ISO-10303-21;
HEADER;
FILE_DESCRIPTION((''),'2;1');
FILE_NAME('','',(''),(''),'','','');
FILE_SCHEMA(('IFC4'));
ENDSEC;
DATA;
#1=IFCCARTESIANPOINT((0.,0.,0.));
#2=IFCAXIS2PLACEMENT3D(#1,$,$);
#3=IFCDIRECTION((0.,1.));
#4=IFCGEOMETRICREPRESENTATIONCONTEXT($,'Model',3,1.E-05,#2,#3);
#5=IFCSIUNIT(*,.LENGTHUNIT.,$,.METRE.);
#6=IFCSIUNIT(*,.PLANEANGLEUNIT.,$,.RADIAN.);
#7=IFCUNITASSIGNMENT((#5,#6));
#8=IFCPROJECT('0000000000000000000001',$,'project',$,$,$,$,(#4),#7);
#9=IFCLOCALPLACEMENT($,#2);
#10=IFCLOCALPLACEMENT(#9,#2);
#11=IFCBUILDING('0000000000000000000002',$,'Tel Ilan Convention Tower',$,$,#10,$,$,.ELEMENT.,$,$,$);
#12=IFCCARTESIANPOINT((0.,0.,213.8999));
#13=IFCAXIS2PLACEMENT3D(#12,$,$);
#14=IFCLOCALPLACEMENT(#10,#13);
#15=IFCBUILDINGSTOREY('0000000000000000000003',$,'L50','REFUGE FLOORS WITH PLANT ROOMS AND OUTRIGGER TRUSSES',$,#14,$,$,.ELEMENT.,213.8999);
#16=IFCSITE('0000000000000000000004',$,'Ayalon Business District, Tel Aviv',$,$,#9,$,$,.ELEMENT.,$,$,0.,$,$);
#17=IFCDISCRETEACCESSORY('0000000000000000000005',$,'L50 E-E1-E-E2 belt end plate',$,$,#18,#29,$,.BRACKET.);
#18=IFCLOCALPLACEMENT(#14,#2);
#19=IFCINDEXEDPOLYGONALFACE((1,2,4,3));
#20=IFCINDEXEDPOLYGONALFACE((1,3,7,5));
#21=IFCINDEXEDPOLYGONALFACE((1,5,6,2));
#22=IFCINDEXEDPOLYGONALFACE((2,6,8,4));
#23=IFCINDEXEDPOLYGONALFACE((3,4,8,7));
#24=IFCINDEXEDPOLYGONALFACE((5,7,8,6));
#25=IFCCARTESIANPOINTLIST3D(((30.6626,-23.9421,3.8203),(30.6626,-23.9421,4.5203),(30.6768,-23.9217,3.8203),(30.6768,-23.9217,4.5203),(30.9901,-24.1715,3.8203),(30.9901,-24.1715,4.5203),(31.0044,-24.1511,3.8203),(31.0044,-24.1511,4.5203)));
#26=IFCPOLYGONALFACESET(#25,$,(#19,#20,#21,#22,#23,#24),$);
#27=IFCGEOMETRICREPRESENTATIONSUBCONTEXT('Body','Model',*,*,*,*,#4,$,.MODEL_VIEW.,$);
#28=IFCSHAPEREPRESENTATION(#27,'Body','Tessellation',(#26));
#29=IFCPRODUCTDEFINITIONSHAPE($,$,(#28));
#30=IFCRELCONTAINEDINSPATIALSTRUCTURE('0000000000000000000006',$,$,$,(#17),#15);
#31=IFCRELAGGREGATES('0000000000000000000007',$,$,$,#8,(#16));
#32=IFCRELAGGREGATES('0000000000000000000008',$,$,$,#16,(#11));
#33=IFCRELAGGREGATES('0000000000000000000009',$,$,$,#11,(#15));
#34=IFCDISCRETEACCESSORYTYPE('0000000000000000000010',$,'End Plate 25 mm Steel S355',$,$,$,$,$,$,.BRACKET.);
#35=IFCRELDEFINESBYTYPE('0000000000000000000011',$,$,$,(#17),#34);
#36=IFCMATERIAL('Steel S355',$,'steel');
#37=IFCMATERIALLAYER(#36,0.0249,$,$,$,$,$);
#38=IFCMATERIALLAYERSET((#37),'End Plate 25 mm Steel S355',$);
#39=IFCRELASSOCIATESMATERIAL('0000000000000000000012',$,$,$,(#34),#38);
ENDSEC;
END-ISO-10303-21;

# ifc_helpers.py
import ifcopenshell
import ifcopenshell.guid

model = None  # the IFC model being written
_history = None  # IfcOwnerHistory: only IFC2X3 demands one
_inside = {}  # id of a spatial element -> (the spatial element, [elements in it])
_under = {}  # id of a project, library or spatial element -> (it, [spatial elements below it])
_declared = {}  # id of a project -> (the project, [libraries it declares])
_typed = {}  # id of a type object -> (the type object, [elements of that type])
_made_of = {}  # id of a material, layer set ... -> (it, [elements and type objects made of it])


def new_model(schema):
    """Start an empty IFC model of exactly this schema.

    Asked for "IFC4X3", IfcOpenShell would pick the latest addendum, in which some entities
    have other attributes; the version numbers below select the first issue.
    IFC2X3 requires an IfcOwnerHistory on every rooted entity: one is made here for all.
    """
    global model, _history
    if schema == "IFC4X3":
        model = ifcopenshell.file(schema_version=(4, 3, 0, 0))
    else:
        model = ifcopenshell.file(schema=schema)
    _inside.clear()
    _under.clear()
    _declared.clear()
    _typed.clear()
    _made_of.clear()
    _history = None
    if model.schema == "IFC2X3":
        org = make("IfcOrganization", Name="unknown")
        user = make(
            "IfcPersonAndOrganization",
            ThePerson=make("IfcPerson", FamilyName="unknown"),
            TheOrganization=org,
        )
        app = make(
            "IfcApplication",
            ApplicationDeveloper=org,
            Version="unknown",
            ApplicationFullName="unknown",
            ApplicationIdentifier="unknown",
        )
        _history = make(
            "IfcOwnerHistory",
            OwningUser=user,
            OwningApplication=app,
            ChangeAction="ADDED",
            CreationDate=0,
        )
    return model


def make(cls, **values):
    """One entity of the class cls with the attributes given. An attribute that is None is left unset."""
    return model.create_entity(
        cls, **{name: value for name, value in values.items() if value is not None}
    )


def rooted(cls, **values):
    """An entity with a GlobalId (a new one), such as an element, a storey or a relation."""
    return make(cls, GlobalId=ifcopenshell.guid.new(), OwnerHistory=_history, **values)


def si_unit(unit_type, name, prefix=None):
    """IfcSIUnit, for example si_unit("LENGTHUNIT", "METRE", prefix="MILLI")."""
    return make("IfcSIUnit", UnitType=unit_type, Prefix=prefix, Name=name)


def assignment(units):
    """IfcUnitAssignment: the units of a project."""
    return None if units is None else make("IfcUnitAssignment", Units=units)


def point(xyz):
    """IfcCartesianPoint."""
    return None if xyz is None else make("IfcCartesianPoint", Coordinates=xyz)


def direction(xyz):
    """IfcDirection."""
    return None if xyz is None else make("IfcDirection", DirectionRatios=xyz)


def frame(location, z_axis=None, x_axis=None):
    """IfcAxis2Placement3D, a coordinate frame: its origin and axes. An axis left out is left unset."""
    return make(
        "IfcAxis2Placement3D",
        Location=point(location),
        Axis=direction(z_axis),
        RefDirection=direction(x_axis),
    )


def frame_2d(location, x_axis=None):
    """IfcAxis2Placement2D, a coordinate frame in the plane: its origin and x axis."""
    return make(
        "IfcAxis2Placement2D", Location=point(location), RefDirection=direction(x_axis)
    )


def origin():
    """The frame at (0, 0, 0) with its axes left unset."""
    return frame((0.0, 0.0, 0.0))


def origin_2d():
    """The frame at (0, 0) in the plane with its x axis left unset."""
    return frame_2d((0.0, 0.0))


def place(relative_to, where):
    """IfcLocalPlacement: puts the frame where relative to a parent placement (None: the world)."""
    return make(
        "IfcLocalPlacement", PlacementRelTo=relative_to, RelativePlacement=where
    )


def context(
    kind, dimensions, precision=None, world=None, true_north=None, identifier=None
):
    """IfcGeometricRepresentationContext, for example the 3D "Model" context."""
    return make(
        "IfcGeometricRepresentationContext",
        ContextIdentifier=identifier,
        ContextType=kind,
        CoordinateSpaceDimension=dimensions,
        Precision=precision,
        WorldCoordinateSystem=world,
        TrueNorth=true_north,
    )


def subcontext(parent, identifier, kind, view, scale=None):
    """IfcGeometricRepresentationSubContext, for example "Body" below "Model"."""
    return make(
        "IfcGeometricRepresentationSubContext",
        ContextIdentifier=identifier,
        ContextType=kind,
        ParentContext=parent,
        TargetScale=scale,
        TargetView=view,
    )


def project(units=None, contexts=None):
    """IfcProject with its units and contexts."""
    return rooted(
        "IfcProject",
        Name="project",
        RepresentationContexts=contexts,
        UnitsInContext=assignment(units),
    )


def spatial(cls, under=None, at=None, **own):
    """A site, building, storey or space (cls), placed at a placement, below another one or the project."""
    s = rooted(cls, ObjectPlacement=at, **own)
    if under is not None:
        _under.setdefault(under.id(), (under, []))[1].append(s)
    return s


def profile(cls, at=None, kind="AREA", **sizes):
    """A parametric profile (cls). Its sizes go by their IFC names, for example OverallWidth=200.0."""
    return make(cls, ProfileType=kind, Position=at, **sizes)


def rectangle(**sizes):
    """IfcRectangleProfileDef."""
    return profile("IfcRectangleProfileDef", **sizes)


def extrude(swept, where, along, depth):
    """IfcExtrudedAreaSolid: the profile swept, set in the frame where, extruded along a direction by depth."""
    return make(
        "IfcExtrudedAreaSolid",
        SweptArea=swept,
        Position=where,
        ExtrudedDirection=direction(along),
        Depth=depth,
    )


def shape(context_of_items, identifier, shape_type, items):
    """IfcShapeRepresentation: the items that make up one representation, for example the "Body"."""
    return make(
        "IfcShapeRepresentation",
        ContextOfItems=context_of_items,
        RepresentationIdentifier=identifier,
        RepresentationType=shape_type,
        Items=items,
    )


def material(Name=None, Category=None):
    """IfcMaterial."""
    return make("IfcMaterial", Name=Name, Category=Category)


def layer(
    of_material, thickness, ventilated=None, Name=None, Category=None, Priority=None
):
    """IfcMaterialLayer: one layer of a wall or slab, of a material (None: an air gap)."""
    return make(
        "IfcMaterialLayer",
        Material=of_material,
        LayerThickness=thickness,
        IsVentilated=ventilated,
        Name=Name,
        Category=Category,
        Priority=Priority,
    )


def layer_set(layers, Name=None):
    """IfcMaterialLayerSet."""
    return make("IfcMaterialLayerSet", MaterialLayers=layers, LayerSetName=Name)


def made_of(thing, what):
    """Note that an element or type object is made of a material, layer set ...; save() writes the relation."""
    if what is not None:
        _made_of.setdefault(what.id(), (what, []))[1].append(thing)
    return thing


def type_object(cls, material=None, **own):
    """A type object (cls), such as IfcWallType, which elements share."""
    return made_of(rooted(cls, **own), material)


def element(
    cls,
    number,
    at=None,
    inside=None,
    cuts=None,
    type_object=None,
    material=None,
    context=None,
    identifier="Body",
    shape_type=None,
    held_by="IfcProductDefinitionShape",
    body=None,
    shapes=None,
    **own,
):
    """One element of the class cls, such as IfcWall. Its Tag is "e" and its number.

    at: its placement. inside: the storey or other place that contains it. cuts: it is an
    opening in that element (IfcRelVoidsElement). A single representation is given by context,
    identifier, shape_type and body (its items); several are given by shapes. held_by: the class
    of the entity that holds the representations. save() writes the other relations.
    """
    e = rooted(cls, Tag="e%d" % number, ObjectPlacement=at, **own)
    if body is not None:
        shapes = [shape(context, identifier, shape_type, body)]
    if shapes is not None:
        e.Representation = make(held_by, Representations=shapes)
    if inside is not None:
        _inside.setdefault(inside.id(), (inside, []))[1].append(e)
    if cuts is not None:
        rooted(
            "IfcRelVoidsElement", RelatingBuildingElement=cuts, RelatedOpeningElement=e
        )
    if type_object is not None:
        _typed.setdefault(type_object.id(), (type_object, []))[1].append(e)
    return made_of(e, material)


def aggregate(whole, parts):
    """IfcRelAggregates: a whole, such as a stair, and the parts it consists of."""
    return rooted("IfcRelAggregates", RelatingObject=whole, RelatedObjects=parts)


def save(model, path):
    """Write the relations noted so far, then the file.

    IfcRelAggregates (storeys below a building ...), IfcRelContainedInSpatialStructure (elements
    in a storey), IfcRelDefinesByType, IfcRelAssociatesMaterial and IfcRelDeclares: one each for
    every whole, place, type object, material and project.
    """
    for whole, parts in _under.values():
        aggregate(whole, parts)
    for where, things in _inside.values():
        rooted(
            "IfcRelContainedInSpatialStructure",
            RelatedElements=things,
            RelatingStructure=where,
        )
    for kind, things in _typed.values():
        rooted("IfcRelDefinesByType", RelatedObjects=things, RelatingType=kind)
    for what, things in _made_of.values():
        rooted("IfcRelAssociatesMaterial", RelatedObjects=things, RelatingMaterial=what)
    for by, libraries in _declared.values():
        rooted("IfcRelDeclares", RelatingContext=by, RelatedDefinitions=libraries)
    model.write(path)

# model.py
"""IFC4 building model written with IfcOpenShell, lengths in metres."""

from ifc_helpers import new_model, si_unit, direction, frame, origin, origin_2d, place, context, subcontext, project, spatial, rectangle, extrude, material, layer, layer_set, type_object, element, save


model = new_model("IFC4")

# Units and contexts
model_context = context("Model", 3, precision=1e-05, world=origin(), true_north=direction((0.0, 1.0)))
body_context = subcontext(model_context, "Body", "Model", "MODEL_VIEW")
ifc_project = project(units=[si_unit("LENGTHUNIT", "METRE"), si_unit("PLANEANGLEUNIT", "RADIAN")], contexts=[model_context])

# Site, building, storey
site_placement = place(None, origin())
site = spatial("IfcSite", under=ifc_project, at=site_placement, Name="Ayalon Business District, Tel Aviv", CompositionType="ELEMENT", RefElevation=0.0)
building_placement = place(site_placement, origin())
building = spatial("IfcBuilding", under=site, at=building_placement, Name="Tel Ilan Convention Tower", CompositionType="ELEMENT")
storey_placement = place(building_placement, frame((0.0, 0.0, 213.8999)))
storey = spatial("IfcBuildingStorey", under=building, at=storey_placement, Name="L50", Description="REFUGE FLOORS WITH PLANT ROOMS AND OUTRIGGER TRUSSES", CompositionType="ELEMENT", Elevation=213.8999)

# Discrete accessory
ifc_material_1 = material(Name="Steel S355", Category="steel")
ifc_layer_1 = layer(ifc_material_1, 0.0249)
ifc_layer_set_1 = layer_set([ifc_layer_1], Name="End Plate 25 mm Steel S355")
discrete_accessory_type_1 = type_object("IfcDiscreteAccessoryType", Name="End Plate 25 mm Steel S355", PredefinedType="BRACKET", material=ifc_layer_set_1)
discrete_accessory_1_placement = place(storey_placement, frame((30.8335, -24.0466, 3.8203), z_axis=(0.0, 0.0, 1.0), x_axis=(0.573576, 0.819152, 0.0)))
element("IfcDiscreteAccessory", 1, at=discrete_accessory_1_placement, inside=storey, type_object=discrete_accessory_type_1, Name="L50 E-E1-E-E2 belt end plate", PredefinedType="BRACKET", context=body_context, shape_type="SweptSolid", body=[
    extrude(rectangle(XDim=0.0249, YDim=0.3999, at=origin_2d()), origin(), (0.0, 0.0, 1.0), 0.7),
])

save(model, "model.ifc")
